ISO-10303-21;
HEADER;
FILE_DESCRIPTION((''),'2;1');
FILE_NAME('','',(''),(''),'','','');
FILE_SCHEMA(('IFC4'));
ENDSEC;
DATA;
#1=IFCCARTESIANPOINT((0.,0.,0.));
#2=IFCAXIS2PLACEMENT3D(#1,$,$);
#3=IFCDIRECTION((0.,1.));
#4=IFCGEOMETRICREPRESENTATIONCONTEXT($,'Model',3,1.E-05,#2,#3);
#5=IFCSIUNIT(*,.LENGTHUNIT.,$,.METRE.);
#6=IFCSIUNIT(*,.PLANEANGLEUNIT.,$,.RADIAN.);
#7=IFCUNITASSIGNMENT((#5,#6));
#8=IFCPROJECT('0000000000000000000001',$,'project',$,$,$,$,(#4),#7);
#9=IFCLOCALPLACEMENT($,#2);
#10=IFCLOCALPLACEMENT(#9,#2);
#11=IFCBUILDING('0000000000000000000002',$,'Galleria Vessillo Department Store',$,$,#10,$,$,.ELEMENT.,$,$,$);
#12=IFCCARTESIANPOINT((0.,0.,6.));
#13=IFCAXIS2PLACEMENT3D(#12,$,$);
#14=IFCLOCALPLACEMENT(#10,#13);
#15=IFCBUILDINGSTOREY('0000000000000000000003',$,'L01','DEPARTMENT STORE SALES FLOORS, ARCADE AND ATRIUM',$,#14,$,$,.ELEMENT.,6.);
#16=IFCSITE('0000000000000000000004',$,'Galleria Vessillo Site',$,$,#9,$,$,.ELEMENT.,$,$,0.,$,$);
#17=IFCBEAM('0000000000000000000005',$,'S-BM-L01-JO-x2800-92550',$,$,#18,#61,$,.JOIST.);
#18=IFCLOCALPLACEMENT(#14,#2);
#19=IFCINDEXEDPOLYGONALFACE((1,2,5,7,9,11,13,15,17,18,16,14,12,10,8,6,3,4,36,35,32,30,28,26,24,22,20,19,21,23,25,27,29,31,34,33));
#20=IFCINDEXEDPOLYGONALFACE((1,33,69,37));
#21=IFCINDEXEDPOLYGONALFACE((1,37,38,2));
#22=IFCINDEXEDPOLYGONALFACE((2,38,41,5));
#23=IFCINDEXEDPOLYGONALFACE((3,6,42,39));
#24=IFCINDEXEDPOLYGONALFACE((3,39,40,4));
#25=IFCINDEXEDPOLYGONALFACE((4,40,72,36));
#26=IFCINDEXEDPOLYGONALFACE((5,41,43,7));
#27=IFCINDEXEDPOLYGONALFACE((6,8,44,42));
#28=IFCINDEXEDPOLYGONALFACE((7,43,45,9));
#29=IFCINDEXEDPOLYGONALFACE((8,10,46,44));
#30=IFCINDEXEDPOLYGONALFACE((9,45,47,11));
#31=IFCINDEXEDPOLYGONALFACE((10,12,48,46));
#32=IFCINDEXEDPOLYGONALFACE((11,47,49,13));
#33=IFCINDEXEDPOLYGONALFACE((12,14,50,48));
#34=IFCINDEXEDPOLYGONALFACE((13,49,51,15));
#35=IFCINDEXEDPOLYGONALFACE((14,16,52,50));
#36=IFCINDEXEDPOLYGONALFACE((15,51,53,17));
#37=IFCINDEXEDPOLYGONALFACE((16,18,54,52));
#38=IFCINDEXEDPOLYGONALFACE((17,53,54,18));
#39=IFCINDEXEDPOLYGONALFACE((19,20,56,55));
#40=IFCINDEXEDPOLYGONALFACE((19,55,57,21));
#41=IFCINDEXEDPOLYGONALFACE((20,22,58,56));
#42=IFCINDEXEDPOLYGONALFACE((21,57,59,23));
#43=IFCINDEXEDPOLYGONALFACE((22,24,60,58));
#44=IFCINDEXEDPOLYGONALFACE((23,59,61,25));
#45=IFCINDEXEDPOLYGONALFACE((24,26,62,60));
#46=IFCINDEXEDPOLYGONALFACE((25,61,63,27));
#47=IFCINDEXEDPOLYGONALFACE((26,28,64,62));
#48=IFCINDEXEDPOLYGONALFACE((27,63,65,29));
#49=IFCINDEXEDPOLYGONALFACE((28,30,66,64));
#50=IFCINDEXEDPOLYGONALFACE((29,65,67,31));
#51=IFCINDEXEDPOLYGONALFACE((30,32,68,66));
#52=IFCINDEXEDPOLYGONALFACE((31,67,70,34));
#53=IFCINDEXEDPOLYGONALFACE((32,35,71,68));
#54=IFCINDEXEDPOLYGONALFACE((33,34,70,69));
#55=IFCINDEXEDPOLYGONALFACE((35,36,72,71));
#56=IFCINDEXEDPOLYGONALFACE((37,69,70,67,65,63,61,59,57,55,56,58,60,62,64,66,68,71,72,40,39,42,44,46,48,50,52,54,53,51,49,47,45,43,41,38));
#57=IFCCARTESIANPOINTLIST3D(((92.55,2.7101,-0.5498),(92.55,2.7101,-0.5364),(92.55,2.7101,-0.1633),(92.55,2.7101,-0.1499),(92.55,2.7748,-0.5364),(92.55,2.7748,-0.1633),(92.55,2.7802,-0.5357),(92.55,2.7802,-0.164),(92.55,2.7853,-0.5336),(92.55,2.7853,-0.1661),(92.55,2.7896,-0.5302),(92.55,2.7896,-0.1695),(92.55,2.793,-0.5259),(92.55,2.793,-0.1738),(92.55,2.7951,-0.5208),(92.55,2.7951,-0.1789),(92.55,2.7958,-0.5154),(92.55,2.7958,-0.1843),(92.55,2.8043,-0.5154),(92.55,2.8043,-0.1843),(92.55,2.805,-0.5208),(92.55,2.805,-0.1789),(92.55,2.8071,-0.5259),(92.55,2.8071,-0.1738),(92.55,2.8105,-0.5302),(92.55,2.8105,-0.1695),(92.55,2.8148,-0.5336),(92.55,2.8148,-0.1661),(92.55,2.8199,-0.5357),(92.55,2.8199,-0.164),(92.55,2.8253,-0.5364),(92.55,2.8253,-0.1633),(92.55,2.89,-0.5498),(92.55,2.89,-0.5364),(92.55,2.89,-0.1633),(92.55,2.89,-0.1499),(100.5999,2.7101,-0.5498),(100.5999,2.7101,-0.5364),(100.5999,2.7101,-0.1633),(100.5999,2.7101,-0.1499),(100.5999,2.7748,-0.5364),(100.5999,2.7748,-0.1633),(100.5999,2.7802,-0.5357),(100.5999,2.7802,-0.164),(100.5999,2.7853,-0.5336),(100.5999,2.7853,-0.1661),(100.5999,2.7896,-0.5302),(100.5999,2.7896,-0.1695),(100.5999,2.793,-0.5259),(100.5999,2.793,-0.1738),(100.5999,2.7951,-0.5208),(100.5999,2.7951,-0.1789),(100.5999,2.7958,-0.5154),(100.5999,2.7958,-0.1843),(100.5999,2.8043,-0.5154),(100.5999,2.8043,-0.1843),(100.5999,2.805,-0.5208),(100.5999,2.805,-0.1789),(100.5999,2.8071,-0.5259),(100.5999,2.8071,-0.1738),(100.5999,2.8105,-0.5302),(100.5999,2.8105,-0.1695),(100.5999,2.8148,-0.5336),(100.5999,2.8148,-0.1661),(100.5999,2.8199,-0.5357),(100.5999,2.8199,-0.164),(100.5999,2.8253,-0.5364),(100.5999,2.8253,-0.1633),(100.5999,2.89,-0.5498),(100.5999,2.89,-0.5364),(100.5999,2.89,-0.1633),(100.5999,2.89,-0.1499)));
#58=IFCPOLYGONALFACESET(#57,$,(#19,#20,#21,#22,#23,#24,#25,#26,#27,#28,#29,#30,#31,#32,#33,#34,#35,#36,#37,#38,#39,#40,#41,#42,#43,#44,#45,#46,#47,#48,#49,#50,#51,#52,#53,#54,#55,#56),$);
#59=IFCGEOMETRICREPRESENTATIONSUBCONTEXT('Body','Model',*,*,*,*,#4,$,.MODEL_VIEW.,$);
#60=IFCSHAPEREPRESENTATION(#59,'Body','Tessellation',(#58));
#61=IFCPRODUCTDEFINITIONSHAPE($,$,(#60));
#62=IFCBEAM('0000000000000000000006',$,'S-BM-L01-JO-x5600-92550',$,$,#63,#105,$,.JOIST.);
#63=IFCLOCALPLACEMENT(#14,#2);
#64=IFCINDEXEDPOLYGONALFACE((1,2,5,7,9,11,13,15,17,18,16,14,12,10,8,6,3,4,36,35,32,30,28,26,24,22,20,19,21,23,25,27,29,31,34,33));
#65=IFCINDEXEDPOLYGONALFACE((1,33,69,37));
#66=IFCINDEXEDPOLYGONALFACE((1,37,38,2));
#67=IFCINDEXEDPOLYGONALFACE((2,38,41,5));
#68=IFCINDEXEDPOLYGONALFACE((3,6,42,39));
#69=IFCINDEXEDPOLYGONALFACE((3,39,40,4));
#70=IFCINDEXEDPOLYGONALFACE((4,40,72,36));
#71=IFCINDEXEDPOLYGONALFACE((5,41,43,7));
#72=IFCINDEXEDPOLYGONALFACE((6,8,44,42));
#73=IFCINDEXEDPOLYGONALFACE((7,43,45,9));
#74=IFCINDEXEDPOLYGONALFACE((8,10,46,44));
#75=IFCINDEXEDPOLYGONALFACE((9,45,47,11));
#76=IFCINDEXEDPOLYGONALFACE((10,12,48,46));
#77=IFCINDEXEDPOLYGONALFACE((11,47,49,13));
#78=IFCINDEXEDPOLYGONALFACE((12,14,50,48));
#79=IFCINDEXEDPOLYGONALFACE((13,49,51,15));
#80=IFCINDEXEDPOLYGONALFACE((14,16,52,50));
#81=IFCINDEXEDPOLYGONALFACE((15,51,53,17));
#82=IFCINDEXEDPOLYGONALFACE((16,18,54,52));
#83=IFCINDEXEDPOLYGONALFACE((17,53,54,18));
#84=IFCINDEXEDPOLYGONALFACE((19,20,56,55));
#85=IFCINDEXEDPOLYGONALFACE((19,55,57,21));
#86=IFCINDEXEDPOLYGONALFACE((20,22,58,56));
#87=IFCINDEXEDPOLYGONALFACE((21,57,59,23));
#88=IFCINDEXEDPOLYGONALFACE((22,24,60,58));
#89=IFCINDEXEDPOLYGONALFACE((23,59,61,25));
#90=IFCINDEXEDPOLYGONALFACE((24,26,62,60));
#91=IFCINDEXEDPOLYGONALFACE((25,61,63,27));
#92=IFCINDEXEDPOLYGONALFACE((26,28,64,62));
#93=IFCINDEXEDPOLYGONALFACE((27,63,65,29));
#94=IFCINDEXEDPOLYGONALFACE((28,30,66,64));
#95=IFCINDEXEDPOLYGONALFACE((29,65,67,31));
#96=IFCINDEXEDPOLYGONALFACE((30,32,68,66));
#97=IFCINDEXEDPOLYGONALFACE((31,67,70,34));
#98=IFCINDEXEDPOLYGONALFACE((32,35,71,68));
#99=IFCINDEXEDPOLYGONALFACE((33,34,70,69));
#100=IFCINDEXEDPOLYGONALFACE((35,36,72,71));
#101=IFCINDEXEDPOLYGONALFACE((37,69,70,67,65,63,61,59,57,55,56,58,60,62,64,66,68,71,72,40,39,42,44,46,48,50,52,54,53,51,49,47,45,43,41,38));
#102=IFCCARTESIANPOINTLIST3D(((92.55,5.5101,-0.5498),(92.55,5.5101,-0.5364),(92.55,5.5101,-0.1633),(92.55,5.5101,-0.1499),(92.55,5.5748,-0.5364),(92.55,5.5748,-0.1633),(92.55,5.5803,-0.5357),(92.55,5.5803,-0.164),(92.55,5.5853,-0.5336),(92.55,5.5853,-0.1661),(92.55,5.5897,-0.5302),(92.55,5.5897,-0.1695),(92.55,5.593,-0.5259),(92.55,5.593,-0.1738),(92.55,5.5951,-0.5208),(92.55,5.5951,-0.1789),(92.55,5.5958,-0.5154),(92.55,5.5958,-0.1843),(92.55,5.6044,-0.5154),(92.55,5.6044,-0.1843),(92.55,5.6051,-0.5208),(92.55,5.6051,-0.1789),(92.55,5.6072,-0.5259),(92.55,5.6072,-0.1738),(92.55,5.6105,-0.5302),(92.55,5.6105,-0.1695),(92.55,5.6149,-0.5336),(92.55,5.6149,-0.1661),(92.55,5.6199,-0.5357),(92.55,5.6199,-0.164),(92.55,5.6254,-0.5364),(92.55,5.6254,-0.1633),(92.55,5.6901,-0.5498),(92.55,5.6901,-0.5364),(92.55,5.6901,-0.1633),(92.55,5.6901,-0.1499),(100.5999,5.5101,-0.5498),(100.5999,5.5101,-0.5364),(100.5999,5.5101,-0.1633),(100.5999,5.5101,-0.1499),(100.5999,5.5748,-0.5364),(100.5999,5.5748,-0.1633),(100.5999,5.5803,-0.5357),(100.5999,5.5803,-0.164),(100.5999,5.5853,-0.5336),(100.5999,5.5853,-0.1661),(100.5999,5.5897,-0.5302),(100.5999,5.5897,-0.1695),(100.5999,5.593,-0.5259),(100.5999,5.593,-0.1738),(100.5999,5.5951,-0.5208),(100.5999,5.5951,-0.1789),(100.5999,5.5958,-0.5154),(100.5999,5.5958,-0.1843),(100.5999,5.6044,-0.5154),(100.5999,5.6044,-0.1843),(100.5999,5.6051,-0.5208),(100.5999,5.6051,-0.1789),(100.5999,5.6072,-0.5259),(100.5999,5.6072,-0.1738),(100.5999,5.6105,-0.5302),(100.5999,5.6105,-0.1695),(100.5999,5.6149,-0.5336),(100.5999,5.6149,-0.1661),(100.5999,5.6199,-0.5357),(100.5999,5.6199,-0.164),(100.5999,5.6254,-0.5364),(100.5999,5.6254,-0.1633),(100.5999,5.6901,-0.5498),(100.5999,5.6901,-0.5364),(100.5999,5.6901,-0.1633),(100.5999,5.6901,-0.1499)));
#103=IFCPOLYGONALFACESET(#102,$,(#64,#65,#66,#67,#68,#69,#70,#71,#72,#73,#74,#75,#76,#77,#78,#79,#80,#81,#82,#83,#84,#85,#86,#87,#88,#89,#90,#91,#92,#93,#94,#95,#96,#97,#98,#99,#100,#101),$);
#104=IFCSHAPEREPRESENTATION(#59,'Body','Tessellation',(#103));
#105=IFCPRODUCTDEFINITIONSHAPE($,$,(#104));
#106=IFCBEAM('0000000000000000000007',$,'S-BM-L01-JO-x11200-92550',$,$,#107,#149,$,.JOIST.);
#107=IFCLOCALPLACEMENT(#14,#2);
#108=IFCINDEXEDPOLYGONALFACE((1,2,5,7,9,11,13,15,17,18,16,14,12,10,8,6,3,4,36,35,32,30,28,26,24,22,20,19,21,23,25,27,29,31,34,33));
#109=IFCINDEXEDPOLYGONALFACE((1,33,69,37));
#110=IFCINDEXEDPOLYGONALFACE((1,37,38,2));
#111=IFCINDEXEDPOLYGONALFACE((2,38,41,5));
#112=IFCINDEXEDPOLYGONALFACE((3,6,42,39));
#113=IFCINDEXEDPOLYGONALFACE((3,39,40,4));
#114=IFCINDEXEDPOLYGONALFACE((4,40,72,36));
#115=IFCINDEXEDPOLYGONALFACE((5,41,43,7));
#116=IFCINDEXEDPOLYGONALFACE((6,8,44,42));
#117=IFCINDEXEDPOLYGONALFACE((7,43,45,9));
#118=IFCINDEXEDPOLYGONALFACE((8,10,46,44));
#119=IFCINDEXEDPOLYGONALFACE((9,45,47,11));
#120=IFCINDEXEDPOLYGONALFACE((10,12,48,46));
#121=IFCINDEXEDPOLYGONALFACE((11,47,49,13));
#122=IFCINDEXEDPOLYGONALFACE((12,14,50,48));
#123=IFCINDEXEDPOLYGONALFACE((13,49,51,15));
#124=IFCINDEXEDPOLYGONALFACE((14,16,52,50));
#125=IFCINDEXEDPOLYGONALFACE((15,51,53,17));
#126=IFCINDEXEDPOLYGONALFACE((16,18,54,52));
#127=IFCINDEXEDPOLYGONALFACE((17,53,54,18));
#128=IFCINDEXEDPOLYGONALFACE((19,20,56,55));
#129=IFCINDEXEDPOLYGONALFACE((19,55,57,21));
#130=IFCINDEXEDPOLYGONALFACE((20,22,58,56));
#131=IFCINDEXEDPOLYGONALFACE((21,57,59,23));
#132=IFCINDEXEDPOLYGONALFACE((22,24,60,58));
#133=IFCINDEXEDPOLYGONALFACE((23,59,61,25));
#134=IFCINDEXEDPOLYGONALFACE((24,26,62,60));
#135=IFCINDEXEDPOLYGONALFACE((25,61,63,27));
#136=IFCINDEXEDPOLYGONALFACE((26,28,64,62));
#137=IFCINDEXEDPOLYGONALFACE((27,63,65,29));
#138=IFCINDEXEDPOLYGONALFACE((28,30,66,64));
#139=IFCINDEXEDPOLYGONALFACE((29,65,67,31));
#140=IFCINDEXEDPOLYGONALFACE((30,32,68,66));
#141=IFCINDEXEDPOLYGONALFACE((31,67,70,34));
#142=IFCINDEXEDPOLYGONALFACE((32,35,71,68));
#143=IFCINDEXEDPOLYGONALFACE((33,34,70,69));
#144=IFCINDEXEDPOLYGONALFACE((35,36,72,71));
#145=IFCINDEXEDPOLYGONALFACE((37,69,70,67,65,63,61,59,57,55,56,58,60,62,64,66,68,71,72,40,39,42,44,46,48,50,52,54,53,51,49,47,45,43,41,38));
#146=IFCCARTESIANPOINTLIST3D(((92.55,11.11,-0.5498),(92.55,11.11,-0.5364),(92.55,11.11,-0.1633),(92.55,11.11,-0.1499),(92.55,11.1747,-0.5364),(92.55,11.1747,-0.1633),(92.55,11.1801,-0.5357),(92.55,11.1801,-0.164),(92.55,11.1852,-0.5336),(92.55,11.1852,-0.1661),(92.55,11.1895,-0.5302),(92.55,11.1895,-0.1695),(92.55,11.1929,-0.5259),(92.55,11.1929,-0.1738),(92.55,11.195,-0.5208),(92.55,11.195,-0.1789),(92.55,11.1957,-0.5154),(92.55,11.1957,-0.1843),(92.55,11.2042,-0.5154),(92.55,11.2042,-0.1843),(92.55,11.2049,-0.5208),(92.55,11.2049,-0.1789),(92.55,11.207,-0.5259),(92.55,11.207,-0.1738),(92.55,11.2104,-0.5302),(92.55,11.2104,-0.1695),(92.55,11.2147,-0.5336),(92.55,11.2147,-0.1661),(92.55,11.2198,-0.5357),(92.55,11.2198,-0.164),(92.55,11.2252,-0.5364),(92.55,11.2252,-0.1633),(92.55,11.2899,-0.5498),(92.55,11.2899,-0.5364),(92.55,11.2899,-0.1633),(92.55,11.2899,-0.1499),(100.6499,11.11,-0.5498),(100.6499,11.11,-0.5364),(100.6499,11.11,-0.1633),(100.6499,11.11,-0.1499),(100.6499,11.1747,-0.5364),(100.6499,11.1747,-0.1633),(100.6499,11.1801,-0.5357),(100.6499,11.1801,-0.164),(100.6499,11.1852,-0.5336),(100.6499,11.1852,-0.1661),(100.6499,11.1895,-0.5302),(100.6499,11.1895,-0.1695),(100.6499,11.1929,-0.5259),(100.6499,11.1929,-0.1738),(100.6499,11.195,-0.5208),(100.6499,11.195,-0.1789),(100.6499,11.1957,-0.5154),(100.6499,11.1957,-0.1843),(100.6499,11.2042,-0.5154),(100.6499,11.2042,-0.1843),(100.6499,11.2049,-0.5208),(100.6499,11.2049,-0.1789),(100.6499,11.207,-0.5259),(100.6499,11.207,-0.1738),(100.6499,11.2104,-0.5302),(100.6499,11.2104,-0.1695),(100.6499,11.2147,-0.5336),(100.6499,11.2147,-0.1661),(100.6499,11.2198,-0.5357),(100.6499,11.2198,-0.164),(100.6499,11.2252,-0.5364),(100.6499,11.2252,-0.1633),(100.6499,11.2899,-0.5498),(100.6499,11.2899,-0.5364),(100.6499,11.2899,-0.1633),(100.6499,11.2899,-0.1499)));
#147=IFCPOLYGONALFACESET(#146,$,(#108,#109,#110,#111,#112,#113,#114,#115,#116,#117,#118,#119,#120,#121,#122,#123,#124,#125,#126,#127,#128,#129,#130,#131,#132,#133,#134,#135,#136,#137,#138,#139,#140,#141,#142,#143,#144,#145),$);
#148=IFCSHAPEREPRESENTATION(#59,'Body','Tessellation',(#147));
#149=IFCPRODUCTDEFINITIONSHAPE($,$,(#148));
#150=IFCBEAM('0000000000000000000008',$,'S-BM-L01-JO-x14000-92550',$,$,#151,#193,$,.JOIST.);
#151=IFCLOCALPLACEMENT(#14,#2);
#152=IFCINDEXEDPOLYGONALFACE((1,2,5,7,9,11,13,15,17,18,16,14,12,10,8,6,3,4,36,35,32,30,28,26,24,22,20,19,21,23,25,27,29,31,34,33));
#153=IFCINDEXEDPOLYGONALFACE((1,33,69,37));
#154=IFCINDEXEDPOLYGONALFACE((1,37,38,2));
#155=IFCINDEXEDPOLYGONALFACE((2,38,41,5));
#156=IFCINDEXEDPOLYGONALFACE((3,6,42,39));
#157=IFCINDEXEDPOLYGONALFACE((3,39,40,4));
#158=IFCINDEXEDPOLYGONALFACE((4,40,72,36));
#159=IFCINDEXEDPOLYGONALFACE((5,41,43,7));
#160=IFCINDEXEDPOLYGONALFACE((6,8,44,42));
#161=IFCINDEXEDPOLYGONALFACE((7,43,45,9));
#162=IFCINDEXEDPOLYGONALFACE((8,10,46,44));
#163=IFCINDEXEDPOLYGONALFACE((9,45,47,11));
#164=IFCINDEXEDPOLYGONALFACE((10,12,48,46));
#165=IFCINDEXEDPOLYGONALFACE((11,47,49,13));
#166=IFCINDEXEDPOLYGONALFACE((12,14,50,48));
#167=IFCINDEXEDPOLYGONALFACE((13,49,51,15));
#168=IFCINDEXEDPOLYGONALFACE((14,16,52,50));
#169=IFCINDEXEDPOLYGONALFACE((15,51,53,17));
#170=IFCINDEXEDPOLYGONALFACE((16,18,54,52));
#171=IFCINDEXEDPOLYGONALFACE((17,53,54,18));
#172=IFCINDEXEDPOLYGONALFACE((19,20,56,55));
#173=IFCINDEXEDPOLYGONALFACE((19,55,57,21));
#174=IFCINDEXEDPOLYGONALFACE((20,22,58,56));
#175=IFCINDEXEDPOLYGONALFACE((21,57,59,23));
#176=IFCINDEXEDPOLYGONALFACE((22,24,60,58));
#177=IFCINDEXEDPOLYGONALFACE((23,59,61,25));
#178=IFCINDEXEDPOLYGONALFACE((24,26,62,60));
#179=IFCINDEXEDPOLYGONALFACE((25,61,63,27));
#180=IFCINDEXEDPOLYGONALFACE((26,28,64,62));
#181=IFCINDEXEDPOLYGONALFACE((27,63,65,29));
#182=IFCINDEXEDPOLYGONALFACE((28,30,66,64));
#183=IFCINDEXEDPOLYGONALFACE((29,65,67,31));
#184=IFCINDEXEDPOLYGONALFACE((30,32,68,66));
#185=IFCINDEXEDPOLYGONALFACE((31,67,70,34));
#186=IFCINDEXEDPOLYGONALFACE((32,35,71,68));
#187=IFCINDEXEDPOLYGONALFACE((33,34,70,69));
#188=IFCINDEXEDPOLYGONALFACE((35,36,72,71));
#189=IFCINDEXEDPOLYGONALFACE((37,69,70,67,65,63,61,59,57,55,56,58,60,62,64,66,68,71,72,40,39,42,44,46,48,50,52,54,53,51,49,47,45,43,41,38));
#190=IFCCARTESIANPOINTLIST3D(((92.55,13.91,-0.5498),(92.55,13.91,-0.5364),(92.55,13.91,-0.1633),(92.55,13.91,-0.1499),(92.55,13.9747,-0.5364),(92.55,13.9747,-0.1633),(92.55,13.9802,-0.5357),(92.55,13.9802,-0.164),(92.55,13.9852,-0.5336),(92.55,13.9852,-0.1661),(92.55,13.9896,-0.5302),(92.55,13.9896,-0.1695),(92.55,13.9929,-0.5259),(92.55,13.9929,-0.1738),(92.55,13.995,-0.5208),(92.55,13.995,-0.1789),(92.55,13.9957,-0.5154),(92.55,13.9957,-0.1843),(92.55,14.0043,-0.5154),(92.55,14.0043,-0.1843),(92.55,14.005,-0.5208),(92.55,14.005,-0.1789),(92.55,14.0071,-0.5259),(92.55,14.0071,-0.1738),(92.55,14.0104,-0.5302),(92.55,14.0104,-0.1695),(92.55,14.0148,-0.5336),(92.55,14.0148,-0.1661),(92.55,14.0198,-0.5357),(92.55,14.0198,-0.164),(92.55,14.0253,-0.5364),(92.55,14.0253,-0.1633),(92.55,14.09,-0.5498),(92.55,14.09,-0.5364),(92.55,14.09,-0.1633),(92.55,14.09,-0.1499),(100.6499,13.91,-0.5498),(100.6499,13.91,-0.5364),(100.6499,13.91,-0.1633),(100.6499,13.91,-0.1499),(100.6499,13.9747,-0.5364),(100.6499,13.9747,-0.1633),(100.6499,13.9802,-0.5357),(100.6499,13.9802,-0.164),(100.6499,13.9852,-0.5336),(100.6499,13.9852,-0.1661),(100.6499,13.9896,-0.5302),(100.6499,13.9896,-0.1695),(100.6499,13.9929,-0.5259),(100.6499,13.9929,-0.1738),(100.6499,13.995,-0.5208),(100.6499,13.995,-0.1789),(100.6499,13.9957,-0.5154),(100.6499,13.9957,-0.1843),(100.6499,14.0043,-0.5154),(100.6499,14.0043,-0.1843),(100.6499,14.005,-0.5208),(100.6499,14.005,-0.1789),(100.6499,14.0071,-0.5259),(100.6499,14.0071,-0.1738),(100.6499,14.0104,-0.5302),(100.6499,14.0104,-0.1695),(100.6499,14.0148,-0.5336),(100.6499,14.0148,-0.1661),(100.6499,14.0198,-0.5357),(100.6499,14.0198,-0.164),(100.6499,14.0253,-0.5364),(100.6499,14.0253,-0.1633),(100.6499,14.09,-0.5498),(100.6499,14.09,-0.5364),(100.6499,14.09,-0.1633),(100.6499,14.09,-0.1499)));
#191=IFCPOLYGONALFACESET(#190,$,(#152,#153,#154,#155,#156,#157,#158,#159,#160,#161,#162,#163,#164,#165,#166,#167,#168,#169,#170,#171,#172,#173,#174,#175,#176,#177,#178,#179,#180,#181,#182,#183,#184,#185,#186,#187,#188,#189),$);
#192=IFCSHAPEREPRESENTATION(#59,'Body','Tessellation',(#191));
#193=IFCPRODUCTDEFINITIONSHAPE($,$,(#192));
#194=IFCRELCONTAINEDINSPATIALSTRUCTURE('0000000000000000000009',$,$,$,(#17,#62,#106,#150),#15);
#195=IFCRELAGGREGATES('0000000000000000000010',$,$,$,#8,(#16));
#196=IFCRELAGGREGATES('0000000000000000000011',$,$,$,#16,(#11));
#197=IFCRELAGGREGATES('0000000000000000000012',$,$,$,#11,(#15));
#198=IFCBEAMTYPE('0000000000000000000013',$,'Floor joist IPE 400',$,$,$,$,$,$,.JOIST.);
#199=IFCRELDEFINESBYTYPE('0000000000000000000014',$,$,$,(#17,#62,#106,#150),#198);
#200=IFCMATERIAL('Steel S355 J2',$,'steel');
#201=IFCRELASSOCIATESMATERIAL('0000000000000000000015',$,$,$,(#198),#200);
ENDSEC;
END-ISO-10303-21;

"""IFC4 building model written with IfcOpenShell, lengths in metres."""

from ifc_helpers import new_model, si_unit, direction, frame, origin, origin_2d, place, context, subcontext, project, spatial, i_section, extrude, material, material_profile, profile_set, type_object, element, save


model = new_model("IFC4")

# Units and contexts
model_context = context("Model", 3, precision=1e-05, world=origin(), true_north=direction((0.0, 1.0)))
body_context = subcontext(model_context, "Body", "Model", "MODEL_VIEW")
ifc_project = project(units=[si_unit("LENGTHUNIT", "METRE"), si_unit("PLANEANGLEUNIT", "RADIAN")], contexts=[model_context])

# Site, building, storey
site_placement = place(None, origin())
site = spatial("IfcSite", under=ifc_project, at=site_placement, Name="Galleria Vessillo Site", CompositionType="ELEMENT", RefElevation=0.0)
building_placement = place(site_placement, origin())
building = spatial("IfcBuilding", under=site, at=building_placement, Name="Galleria Vessillo Department Store", CompositionType="ELEMENT")
storey_placement = place(building_placement, frame((0.0, 0.0, 6.0)))
storey = spatial("IfcBuildingStorey", under=building, at=storey_placement, Name="L01", Description="DEPARTMENT STORE SALES FLOORS, ARCADE AND ATRIUM", CompositionType="ELEMENT", Elevation=6.0)

# Beams
ifc_material_1 = material(Name="Steel S355 J2", Category="steel")
ifc_material_profile_1 = material_profile(ifc_material_1, i_section(OverallWidth=0.1799, OverallDepth=0.3999, WebThickness=0.0085, FlangeThickness=0.0134, FilletRadius=0.021, at=origin_2d()), Name="IPE 400")
ifc_profile_set_1 = profile_set([ifc_material_profile_1], Name="Steel S355 J2")
beam_type_1 = type_object("IfcBeamType", Name="Floor joist IPE 400", PredefinedType="JOIST", material=ifc_profile_set_1)
for number, where, z_axis, x_axis, name in (
    (1, (92.55, 2.8, -0.3499), (1.0, 0.0, 0.0), (0.0, 1.0, 0.0), "S-BM-L01-JO-x2800-92550"),
    (2, (92.55, 5.6001, -0.3499), (1.0, 0.0, 0.0), (0.0, 1.0, 0.0), "S-BM-L01-JO-x5600-92550"),
):
    element("IfcBeam", number, at=place(storey_placement, frame(where, z_axis=z_axis, x_axis=x_axis)), inside=storey, type_object=beam_type_1, Name=name, PredefinedType="JOIST", context=body_context, shape_type="SweptSolid", body=[
        extrude(i_section(OverallWidth=0.1799, OverallDepth=0.3999, WebThickness=0.0085, FlangeThickness=0.0134, FilletRadius=0.021, at=origin_2d()), origin(), (0.0, 0.0, 1.0), 8.0498),
    ])
for number, where, z_axis, x_axis, name in (
    (3, (92.55, 11.2, -0.3499), (1.0, 0.0, 0.0), (0.0, 1.0, 0.0), "S-BM-L01-JO-x11200-92550"),
    (4, (92.55, 14.0, -0.3499), (1.0, 0.0, 0.0), (0.0, 1.0, 0.0), "S-BM-L01-JO-x14000-92550"),
):
    element("IfcBeam", number, at=place(storey_placement, frame(where, z_axis=z_axis, x_axis=x_axis)), inside=storey, type_object=beam_type_1, Name=name, PredefinedType="JOIST", context=body_context, shape_type="SweptSolid", body=[
        extrude(i_section(OverallWidth=0.1799, OverallDepth=0.3999, WebThickness=0.0085, FlangeThickness=0.0134, FilletRadius=0.021, at=origin_2d()), origin(), (0.0, 0.0, 1.0), 8.0999),
    ])

save(model, "model.ifc")
